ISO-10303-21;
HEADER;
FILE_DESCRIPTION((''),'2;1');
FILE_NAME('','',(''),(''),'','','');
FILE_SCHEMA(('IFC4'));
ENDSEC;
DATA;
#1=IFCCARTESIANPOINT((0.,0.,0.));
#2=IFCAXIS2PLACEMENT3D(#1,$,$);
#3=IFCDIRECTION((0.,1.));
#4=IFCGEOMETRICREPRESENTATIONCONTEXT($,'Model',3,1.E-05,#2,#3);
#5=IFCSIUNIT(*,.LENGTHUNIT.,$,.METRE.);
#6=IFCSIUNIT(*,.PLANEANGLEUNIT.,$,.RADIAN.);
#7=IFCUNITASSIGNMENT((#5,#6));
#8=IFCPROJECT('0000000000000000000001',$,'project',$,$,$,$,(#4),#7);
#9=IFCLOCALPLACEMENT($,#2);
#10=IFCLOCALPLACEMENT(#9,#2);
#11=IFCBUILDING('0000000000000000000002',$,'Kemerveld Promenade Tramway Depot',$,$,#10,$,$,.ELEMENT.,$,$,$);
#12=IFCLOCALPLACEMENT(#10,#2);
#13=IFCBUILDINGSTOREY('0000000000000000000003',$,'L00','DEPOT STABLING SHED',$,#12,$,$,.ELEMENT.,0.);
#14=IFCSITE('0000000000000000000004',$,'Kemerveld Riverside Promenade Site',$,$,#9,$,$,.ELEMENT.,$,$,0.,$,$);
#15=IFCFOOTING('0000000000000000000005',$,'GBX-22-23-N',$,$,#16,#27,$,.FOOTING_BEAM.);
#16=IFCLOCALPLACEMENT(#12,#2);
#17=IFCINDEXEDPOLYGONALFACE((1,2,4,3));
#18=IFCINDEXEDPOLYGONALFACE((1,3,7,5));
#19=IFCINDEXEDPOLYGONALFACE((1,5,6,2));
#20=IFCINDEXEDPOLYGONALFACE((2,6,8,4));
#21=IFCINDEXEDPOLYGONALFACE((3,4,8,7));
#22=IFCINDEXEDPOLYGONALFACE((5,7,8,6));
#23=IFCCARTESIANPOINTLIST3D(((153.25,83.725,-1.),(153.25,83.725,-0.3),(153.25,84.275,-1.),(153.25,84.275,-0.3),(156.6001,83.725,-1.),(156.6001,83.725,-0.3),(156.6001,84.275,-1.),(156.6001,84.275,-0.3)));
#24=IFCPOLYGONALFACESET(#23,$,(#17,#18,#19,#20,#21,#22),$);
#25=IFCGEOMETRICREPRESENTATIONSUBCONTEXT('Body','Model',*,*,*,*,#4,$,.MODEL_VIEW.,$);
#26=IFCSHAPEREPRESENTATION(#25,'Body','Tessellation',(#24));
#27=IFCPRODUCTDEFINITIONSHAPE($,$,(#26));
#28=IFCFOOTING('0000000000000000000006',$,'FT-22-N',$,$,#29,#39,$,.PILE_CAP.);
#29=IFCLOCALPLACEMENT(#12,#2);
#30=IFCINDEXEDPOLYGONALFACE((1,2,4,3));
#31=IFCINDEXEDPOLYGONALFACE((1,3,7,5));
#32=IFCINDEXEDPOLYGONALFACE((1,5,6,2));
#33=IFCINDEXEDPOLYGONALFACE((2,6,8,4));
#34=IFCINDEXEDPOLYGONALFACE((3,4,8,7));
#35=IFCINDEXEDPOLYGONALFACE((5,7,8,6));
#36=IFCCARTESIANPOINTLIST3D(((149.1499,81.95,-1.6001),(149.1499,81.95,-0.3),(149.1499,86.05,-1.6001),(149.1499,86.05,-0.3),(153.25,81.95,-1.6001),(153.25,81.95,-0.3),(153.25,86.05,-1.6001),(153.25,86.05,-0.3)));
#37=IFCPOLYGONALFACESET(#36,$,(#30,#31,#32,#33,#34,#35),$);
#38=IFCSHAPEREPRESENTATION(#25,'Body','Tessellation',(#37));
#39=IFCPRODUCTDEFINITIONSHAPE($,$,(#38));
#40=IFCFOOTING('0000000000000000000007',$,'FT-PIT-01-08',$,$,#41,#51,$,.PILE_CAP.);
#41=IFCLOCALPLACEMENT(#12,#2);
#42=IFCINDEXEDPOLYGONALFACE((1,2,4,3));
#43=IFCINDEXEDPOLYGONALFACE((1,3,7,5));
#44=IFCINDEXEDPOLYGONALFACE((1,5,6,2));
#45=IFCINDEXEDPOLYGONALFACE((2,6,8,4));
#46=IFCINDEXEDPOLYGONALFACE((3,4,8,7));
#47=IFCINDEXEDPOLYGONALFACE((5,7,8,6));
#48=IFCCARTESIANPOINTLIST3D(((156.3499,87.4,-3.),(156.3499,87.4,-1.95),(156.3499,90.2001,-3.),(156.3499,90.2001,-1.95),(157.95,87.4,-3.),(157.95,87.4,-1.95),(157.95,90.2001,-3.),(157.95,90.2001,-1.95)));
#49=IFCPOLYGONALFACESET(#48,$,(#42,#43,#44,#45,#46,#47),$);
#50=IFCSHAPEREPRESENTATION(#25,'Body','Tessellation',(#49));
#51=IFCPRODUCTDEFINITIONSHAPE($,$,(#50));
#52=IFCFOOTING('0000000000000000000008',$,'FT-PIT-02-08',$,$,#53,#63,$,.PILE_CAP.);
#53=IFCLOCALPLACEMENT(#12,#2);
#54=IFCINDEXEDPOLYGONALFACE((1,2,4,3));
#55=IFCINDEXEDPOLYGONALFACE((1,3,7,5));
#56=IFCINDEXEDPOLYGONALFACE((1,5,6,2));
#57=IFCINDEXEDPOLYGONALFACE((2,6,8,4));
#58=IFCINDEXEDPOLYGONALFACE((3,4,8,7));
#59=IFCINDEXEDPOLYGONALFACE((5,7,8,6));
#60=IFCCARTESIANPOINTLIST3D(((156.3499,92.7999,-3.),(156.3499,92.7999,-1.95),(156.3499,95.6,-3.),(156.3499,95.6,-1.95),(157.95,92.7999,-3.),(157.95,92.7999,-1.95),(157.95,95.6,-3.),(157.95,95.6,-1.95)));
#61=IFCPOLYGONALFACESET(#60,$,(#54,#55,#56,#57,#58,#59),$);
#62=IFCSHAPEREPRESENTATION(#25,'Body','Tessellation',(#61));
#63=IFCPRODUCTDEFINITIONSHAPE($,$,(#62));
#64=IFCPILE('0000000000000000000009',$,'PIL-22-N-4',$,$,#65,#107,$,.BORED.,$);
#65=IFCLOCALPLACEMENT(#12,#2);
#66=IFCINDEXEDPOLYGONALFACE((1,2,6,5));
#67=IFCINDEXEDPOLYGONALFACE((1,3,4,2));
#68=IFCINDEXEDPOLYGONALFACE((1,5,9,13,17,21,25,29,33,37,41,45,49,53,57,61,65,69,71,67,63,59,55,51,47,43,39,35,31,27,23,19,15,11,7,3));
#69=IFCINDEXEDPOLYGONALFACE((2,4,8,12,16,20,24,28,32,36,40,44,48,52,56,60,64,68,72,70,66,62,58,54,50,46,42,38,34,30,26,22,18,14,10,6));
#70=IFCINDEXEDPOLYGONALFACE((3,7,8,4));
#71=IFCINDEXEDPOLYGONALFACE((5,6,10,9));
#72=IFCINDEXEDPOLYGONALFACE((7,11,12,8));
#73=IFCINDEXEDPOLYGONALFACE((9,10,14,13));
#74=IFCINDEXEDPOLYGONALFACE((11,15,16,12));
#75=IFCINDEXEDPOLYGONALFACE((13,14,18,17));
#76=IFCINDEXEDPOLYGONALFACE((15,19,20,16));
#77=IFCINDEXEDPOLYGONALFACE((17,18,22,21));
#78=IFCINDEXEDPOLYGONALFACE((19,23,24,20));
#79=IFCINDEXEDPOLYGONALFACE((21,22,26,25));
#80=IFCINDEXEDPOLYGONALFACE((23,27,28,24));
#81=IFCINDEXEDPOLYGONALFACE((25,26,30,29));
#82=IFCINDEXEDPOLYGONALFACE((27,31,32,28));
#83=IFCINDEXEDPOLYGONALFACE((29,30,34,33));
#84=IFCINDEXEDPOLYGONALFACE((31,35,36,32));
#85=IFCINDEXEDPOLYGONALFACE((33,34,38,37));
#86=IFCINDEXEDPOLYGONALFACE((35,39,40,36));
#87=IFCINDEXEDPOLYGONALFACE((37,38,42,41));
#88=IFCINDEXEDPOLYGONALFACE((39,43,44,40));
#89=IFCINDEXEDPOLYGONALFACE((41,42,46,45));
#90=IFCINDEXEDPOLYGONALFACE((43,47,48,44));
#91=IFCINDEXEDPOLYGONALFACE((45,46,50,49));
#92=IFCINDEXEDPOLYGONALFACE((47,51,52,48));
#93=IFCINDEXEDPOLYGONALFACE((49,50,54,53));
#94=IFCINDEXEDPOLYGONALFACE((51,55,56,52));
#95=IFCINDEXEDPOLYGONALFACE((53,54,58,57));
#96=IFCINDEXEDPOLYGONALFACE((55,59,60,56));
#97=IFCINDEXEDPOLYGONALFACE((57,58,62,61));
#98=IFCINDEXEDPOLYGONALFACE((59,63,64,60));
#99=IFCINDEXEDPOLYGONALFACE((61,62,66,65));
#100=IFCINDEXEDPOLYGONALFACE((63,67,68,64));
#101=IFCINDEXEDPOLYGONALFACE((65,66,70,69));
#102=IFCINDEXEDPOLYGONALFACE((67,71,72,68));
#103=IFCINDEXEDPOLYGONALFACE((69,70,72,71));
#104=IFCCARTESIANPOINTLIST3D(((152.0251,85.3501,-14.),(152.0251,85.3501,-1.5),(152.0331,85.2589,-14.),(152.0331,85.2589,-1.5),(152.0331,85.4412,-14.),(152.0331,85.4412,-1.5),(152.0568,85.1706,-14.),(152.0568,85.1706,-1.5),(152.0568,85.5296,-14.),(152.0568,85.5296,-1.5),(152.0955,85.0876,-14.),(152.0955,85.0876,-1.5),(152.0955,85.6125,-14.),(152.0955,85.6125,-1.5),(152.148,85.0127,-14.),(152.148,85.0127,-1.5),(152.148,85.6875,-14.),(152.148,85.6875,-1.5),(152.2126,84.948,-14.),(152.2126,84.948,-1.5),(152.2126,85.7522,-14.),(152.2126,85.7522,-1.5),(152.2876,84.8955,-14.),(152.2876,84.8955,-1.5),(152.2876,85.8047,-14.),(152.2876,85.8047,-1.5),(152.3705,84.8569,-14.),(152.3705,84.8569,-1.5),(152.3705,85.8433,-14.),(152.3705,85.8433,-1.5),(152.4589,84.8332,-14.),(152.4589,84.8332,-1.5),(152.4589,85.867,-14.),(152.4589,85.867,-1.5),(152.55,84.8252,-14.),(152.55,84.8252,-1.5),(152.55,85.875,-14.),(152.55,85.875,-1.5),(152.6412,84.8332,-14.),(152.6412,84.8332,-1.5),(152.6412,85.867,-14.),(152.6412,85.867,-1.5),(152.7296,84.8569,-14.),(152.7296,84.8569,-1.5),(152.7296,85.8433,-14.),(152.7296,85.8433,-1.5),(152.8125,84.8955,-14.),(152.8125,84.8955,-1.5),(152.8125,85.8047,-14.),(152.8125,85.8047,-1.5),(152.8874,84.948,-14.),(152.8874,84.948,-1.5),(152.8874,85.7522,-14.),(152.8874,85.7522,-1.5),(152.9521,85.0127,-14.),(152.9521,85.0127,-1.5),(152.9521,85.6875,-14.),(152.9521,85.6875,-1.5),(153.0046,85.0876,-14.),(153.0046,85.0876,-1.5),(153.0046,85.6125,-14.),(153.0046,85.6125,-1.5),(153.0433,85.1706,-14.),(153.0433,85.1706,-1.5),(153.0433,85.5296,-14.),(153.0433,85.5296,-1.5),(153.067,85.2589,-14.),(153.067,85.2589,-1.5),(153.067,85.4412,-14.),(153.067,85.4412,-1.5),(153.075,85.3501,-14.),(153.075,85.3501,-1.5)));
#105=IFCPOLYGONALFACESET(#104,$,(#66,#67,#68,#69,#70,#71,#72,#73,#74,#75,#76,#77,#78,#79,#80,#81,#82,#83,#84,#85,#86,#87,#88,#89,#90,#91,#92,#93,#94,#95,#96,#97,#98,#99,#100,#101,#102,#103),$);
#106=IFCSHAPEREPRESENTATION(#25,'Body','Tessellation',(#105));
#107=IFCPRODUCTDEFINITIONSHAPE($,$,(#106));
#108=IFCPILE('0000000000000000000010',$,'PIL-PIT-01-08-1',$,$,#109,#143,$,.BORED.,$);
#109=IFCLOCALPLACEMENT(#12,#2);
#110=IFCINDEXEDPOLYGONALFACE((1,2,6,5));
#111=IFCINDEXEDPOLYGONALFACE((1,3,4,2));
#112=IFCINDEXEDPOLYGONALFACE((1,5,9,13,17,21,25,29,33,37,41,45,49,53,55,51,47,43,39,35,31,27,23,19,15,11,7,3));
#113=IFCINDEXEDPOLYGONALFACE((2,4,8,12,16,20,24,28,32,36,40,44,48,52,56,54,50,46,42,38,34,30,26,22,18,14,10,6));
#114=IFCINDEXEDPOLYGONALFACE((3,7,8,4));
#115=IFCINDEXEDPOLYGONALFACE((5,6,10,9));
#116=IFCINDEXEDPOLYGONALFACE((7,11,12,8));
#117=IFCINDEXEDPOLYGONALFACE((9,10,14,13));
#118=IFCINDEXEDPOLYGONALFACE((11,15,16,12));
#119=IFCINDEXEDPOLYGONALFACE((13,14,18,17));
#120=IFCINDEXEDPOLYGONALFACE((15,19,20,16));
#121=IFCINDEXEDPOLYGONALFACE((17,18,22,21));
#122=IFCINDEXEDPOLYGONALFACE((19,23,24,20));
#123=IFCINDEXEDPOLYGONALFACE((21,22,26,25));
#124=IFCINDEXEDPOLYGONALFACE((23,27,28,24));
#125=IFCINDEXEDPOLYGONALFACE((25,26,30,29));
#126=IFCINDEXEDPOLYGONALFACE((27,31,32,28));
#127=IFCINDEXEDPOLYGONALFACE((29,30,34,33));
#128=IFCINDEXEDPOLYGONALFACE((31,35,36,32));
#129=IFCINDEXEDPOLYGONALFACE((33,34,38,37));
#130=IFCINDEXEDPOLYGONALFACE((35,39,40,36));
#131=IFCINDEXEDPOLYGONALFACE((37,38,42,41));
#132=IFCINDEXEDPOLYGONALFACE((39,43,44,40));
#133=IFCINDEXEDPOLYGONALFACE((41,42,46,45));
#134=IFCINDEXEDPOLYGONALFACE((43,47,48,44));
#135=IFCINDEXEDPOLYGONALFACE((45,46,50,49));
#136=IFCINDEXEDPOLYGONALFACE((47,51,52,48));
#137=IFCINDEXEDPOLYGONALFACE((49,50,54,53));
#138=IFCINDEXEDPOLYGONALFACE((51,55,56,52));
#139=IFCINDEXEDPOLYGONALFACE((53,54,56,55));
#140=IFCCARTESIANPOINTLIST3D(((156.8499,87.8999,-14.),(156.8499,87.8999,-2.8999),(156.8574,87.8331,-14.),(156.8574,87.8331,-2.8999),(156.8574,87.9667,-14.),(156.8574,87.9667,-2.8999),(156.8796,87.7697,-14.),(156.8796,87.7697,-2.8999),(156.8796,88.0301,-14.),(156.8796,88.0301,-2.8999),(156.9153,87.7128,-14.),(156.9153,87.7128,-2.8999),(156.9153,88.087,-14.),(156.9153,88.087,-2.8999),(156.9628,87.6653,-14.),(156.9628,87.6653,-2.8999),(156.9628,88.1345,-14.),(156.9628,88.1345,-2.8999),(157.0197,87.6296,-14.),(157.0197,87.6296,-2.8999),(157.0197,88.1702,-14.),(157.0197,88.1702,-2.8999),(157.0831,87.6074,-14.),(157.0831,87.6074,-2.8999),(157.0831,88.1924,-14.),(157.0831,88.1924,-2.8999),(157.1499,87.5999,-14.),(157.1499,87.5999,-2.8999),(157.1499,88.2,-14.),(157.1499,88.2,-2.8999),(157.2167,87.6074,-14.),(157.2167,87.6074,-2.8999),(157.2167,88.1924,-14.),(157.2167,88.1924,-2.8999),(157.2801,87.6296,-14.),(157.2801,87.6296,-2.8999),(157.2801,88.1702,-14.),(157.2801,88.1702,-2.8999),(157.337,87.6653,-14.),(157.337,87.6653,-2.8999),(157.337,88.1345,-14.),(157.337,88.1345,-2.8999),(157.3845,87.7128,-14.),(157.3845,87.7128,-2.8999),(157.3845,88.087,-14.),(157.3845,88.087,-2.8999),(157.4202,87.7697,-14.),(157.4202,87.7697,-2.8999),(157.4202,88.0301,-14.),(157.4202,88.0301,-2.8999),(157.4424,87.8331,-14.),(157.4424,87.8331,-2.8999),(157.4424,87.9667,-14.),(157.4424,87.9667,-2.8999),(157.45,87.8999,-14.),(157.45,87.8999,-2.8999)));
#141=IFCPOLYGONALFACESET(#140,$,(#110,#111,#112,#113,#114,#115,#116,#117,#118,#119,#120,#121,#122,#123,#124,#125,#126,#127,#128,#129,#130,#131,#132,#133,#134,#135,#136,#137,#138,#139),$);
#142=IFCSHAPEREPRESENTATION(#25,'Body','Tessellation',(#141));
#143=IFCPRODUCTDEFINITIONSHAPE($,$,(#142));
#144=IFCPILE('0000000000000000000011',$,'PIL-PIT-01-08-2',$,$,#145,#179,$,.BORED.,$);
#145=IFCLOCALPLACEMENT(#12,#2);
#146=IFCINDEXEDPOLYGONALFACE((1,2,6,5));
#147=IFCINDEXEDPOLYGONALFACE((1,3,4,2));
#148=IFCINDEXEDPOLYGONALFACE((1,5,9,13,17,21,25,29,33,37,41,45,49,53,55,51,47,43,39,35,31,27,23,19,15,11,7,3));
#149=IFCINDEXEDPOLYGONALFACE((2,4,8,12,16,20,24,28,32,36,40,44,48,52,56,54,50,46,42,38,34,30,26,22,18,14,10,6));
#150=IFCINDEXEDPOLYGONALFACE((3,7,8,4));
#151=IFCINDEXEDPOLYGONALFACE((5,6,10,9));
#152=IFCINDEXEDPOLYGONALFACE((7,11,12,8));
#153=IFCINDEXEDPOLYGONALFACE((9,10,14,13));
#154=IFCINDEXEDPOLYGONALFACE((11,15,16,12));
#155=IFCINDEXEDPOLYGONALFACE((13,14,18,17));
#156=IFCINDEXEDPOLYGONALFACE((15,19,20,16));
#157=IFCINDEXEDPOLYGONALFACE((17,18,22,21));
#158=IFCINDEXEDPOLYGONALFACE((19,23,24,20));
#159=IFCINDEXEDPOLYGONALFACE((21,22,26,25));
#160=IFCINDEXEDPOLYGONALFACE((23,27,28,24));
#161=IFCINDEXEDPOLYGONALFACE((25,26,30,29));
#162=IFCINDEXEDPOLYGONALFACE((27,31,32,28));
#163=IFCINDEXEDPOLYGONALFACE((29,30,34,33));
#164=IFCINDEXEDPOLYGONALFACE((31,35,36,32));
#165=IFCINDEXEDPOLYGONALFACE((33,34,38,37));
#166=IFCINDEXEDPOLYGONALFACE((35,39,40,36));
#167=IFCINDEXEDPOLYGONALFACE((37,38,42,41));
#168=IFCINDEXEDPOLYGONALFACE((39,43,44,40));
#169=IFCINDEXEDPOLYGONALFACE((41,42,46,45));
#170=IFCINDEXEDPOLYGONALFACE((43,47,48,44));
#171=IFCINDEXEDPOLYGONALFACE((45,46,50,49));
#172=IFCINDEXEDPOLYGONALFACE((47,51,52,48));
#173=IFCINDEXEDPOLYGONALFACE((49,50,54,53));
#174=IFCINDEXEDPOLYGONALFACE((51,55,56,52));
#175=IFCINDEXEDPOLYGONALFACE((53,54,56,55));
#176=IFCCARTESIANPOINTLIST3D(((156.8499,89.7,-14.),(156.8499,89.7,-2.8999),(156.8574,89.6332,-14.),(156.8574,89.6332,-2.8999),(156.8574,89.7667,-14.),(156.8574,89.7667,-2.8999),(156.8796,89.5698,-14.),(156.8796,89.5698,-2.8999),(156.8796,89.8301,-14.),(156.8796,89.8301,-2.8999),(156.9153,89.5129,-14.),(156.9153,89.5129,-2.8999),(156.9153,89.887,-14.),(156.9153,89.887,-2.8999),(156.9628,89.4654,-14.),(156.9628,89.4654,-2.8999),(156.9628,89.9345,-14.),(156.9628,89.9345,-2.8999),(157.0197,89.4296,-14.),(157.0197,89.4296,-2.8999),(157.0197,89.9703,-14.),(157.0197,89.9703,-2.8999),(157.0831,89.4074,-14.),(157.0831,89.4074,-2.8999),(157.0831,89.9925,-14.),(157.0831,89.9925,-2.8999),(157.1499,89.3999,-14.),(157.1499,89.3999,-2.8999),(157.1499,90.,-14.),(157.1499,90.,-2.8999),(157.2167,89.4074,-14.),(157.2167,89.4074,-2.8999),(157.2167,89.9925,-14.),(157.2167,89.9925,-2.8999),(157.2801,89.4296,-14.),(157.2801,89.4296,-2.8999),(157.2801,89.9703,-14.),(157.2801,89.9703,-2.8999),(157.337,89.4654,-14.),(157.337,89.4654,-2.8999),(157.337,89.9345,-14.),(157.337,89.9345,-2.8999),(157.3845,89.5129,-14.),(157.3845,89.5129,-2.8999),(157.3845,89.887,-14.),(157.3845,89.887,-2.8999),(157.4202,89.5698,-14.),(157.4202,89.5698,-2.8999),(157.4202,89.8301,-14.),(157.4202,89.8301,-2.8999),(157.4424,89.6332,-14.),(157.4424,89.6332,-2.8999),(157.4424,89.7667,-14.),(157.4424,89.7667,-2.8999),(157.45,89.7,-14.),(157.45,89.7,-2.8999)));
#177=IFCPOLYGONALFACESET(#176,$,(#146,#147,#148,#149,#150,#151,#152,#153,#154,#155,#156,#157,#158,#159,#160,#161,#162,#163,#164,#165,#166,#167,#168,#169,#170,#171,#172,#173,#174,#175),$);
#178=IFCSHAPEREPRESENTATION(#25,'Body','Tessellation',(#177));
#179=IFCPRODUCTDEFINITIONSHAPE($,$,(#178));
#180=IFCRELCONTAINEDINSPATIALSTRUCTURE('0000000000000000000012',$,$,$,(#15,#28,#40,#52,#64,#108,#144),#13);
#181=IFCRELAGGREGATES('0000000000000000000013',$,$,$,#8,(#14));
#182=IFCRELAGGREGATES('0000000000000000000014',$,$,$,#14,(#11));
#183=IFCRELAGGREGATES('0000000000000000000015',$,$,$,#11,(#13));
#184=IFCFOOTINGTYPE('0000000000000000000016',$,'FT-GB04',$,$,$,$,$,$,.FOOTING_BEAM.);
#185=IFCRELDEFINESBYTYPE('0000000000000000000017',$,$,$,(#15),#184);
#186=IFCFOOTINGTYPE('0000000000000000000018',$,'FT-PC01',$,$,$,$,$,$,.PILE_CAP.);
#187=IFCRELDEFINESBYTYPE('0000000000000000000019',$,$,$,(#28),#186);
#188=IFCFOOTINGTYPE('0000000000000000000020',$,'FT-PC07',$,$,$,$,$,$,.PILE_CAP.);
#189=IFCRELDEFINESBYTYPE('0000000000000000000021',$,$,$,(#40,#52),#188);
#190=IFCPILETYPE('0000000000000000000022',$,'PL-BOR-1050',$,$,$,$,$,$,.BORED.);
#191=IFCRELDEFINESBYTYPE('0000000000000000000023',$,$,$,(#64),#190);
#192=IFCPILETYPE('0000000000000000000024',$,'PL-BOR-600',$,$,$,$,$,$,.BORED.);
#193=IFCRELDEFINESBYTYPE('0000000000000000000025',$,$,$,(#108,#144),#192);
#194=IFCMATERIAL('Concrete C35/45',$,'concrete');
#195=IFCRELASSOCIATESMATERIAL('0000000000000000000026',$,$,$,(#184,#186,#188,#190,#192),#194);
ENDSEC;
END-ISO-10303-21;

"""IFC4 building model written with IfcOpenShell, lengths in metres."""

from ifc_helpers import new_model, si_unit, direction, frame, origin, origin_2d, place, context, subcontext, project, spatial, rectangle, circle, extrude, material, material_profile, profile_set, type_object, element, save


model = new_model("IFC4")

# Units and contexts
model_context = context("Model", 3, precision=1e-05, world=origin(), true_north=direction((0.0, 1.0)))
body_context = subcontext(model_context, "Body", "Model", "MODEL_VIEW")
ifc_project = project(units=[si_unit("LENGTHUNIT", "METRE"), si_unit("PLANEANGLEUNIT", "RADIAN")], contexts=[model_context])

# Site, building, storey
site_placement = place(None, origin())
site = spatial("IfcSite", under=ifc_project, at=site_placement, Name="Kemerveld Riverside Promenade Site", CompositionType="ELEMENT", RefElevation=0.0)
building_placement = place(site_placement, origin())
building = spatial("IfcBuilding", under=site, at=building_placement, Name="Kemerveld Promenade Tramway Depot", CompositionType="ELEMENT")
storey_placement = place(building_placement, origin())
storey = spatial("IfcBuildingStorey", under=building, at=storey_placement, Name="L00", Description="DEPOT STABLING SHED", CompositionType="ELEMENT", Elevation=0.0)

# Footings
ifc_material_1 = material(Name="Concrete C35/45", Category="concrete")
footing_type_1 = type_object("IfcFootingType", Name="FT-GB04", PredefinedType="FOOTING_BEAM", material=ifc_material_1)
footing_1_placement = place(storey_placement, frame((154.925, 84.0, -1.0), z_axis=(0.0, 0.0, 1.0), x_axis=(1.0, 0.0, 0.0)))
element("IfcFooting", 1, at=footing_1_placement, inside=storey, type_object=footing_type_1, Name="GBX-22-23-N", PredefinedType="FOOTING_BEAM", context=body_context, shape_type="SweptSolid", body=[
    extrude(rectangle(XDim=3.3501, YDim=0.55, at=origin_2d()), origin(), (0.0, 0.0, 1.0), 0.7),
])
footing_type_2 = type_object("IfcFootingType", Name="FT-PC01", PredefinedType="PILE_CAP", material=ifc_material_1)
footing_2_placement = place(storey_placement, frame((151.2, 84.0, -1.6001), z_axis=(0.0, 0.0, 1.0), x_axis=(1.0, 0.0, 0.0)))
element("IfcFooting", 2, at=footing_2_placement, inside=storey, type_object=footing_type_2, Name="FT-22-N", PredefinedType="PILE_CAP", context=body_context, shape_type="SweptSolid", body=[
    extrude(rectangle(XDim=4.1001, YDim=4.1001, at=origin_2d()), origin(), (0.0, 0.0, 1.0), 1.3),
])
footing_type_3 = type_object("IfcFootingType", Name="FT-PC07", PredefinedType="PILE_CAP", material=ifc_material_1)
for number, where, z_axis, x_axis, name in (
    (3, (157.1499, 88.8, -3.0), (0.0, 0.0, 1.0), (1.0, 0.0, 0.0), "FT-PIT-01-08"),
    (4, (157.1499, 94.2, -3.0), (0.0, 0.0, 1.0), (1.0, 0.0, 0.0), "FT-PIT-02-08"),
):
    element("IfcFooting", number, at=place(storey_placement, frame(where, z_axis=z_axis, x_axis=x_axis)), inside=storey, type_object=footing_type_3, Name=name, PredefinedType="PILE_CAP", context=body_context, shape_type="SweptSolid", body=[
        extrude(rectangle(XDim=1.6001, YDim=2.8, at=origin_2d()), origin(), (0.0, 0.0, 1.0), 1.05),
    ])

# Piles
ifc_material_profile_1 = material_profile(ifc_material_1, circle(Radius=0.5249, at=origin_2d()), Name="PILE-D1050")
ifc_profile_set_1 = profile_set([ifc_material_profile_1], Name="Concrete C35/45")
pile_type_1 = type_object("IfcPileType", Name="PL-BOR-1050", PredefinedType="BORED", material=ifc_profile_set_1)
pile_1_placement = place(storey_placement, frame((152.55, 85.3501, -1.5), z_axis=(0.0, 0.0, -1.0), x_axis=(1.0, 0.0, 0.0)))
element("IfcPile", 5, at=pile_1_placement, inside=storey, type_object=pile_type_1, Name="PIL-22-N-4", PredefinedType="BORED", context=body_context, shape_type="SweptSolid", body=[
    extrude(circle(Radius=0.5249, at=origin_2d()), origin(), (0.0, 0.0, 1.0), 12.5),
])
ifc_material_profile_2 = material_profile(ifc_material_1, circle(Radius=0.3, at=origin_2d()), Name="PILE-D600")
ifc_profile_set_2 = profile_set([ifc_material_profile_2], Name="Concrete C35/45")
pile_type_2 = type_object("IfcPileType", Name="PL-BOR-600", PredefinedType="BORED", material=ifc_profile_set_2)
for number, where, z_axis, x_axis, name in (
    (6, (157.1499, 87.8999, -2.8999), (0.0, 0.0, -1.0), (1.0, 0.0, 0.0), "PIL-PIT-01-08-1"),
    (7, (157.1499, 89.7, -2.8999), (0.0, 0.0, -1.0), (1.0, 0.0, 0.0), "PIL-PIT-01-08-2"),
):
    element("IfcPile", number, at=place(storey_placement, frame(where, z_axis=z_axis, x_axis=x_axis)), inside=storey, type_object=pile_type_2, Name=name, PredefinedType="BORED", context=body_context, shape_type="SweptSolid", body=[
        extrude(circle(Radius=0.3, at=origin_2d()), origin(), (0.0, 0.0, 1.0), 11.1001),
    ])

save(model, "model.ifc")
